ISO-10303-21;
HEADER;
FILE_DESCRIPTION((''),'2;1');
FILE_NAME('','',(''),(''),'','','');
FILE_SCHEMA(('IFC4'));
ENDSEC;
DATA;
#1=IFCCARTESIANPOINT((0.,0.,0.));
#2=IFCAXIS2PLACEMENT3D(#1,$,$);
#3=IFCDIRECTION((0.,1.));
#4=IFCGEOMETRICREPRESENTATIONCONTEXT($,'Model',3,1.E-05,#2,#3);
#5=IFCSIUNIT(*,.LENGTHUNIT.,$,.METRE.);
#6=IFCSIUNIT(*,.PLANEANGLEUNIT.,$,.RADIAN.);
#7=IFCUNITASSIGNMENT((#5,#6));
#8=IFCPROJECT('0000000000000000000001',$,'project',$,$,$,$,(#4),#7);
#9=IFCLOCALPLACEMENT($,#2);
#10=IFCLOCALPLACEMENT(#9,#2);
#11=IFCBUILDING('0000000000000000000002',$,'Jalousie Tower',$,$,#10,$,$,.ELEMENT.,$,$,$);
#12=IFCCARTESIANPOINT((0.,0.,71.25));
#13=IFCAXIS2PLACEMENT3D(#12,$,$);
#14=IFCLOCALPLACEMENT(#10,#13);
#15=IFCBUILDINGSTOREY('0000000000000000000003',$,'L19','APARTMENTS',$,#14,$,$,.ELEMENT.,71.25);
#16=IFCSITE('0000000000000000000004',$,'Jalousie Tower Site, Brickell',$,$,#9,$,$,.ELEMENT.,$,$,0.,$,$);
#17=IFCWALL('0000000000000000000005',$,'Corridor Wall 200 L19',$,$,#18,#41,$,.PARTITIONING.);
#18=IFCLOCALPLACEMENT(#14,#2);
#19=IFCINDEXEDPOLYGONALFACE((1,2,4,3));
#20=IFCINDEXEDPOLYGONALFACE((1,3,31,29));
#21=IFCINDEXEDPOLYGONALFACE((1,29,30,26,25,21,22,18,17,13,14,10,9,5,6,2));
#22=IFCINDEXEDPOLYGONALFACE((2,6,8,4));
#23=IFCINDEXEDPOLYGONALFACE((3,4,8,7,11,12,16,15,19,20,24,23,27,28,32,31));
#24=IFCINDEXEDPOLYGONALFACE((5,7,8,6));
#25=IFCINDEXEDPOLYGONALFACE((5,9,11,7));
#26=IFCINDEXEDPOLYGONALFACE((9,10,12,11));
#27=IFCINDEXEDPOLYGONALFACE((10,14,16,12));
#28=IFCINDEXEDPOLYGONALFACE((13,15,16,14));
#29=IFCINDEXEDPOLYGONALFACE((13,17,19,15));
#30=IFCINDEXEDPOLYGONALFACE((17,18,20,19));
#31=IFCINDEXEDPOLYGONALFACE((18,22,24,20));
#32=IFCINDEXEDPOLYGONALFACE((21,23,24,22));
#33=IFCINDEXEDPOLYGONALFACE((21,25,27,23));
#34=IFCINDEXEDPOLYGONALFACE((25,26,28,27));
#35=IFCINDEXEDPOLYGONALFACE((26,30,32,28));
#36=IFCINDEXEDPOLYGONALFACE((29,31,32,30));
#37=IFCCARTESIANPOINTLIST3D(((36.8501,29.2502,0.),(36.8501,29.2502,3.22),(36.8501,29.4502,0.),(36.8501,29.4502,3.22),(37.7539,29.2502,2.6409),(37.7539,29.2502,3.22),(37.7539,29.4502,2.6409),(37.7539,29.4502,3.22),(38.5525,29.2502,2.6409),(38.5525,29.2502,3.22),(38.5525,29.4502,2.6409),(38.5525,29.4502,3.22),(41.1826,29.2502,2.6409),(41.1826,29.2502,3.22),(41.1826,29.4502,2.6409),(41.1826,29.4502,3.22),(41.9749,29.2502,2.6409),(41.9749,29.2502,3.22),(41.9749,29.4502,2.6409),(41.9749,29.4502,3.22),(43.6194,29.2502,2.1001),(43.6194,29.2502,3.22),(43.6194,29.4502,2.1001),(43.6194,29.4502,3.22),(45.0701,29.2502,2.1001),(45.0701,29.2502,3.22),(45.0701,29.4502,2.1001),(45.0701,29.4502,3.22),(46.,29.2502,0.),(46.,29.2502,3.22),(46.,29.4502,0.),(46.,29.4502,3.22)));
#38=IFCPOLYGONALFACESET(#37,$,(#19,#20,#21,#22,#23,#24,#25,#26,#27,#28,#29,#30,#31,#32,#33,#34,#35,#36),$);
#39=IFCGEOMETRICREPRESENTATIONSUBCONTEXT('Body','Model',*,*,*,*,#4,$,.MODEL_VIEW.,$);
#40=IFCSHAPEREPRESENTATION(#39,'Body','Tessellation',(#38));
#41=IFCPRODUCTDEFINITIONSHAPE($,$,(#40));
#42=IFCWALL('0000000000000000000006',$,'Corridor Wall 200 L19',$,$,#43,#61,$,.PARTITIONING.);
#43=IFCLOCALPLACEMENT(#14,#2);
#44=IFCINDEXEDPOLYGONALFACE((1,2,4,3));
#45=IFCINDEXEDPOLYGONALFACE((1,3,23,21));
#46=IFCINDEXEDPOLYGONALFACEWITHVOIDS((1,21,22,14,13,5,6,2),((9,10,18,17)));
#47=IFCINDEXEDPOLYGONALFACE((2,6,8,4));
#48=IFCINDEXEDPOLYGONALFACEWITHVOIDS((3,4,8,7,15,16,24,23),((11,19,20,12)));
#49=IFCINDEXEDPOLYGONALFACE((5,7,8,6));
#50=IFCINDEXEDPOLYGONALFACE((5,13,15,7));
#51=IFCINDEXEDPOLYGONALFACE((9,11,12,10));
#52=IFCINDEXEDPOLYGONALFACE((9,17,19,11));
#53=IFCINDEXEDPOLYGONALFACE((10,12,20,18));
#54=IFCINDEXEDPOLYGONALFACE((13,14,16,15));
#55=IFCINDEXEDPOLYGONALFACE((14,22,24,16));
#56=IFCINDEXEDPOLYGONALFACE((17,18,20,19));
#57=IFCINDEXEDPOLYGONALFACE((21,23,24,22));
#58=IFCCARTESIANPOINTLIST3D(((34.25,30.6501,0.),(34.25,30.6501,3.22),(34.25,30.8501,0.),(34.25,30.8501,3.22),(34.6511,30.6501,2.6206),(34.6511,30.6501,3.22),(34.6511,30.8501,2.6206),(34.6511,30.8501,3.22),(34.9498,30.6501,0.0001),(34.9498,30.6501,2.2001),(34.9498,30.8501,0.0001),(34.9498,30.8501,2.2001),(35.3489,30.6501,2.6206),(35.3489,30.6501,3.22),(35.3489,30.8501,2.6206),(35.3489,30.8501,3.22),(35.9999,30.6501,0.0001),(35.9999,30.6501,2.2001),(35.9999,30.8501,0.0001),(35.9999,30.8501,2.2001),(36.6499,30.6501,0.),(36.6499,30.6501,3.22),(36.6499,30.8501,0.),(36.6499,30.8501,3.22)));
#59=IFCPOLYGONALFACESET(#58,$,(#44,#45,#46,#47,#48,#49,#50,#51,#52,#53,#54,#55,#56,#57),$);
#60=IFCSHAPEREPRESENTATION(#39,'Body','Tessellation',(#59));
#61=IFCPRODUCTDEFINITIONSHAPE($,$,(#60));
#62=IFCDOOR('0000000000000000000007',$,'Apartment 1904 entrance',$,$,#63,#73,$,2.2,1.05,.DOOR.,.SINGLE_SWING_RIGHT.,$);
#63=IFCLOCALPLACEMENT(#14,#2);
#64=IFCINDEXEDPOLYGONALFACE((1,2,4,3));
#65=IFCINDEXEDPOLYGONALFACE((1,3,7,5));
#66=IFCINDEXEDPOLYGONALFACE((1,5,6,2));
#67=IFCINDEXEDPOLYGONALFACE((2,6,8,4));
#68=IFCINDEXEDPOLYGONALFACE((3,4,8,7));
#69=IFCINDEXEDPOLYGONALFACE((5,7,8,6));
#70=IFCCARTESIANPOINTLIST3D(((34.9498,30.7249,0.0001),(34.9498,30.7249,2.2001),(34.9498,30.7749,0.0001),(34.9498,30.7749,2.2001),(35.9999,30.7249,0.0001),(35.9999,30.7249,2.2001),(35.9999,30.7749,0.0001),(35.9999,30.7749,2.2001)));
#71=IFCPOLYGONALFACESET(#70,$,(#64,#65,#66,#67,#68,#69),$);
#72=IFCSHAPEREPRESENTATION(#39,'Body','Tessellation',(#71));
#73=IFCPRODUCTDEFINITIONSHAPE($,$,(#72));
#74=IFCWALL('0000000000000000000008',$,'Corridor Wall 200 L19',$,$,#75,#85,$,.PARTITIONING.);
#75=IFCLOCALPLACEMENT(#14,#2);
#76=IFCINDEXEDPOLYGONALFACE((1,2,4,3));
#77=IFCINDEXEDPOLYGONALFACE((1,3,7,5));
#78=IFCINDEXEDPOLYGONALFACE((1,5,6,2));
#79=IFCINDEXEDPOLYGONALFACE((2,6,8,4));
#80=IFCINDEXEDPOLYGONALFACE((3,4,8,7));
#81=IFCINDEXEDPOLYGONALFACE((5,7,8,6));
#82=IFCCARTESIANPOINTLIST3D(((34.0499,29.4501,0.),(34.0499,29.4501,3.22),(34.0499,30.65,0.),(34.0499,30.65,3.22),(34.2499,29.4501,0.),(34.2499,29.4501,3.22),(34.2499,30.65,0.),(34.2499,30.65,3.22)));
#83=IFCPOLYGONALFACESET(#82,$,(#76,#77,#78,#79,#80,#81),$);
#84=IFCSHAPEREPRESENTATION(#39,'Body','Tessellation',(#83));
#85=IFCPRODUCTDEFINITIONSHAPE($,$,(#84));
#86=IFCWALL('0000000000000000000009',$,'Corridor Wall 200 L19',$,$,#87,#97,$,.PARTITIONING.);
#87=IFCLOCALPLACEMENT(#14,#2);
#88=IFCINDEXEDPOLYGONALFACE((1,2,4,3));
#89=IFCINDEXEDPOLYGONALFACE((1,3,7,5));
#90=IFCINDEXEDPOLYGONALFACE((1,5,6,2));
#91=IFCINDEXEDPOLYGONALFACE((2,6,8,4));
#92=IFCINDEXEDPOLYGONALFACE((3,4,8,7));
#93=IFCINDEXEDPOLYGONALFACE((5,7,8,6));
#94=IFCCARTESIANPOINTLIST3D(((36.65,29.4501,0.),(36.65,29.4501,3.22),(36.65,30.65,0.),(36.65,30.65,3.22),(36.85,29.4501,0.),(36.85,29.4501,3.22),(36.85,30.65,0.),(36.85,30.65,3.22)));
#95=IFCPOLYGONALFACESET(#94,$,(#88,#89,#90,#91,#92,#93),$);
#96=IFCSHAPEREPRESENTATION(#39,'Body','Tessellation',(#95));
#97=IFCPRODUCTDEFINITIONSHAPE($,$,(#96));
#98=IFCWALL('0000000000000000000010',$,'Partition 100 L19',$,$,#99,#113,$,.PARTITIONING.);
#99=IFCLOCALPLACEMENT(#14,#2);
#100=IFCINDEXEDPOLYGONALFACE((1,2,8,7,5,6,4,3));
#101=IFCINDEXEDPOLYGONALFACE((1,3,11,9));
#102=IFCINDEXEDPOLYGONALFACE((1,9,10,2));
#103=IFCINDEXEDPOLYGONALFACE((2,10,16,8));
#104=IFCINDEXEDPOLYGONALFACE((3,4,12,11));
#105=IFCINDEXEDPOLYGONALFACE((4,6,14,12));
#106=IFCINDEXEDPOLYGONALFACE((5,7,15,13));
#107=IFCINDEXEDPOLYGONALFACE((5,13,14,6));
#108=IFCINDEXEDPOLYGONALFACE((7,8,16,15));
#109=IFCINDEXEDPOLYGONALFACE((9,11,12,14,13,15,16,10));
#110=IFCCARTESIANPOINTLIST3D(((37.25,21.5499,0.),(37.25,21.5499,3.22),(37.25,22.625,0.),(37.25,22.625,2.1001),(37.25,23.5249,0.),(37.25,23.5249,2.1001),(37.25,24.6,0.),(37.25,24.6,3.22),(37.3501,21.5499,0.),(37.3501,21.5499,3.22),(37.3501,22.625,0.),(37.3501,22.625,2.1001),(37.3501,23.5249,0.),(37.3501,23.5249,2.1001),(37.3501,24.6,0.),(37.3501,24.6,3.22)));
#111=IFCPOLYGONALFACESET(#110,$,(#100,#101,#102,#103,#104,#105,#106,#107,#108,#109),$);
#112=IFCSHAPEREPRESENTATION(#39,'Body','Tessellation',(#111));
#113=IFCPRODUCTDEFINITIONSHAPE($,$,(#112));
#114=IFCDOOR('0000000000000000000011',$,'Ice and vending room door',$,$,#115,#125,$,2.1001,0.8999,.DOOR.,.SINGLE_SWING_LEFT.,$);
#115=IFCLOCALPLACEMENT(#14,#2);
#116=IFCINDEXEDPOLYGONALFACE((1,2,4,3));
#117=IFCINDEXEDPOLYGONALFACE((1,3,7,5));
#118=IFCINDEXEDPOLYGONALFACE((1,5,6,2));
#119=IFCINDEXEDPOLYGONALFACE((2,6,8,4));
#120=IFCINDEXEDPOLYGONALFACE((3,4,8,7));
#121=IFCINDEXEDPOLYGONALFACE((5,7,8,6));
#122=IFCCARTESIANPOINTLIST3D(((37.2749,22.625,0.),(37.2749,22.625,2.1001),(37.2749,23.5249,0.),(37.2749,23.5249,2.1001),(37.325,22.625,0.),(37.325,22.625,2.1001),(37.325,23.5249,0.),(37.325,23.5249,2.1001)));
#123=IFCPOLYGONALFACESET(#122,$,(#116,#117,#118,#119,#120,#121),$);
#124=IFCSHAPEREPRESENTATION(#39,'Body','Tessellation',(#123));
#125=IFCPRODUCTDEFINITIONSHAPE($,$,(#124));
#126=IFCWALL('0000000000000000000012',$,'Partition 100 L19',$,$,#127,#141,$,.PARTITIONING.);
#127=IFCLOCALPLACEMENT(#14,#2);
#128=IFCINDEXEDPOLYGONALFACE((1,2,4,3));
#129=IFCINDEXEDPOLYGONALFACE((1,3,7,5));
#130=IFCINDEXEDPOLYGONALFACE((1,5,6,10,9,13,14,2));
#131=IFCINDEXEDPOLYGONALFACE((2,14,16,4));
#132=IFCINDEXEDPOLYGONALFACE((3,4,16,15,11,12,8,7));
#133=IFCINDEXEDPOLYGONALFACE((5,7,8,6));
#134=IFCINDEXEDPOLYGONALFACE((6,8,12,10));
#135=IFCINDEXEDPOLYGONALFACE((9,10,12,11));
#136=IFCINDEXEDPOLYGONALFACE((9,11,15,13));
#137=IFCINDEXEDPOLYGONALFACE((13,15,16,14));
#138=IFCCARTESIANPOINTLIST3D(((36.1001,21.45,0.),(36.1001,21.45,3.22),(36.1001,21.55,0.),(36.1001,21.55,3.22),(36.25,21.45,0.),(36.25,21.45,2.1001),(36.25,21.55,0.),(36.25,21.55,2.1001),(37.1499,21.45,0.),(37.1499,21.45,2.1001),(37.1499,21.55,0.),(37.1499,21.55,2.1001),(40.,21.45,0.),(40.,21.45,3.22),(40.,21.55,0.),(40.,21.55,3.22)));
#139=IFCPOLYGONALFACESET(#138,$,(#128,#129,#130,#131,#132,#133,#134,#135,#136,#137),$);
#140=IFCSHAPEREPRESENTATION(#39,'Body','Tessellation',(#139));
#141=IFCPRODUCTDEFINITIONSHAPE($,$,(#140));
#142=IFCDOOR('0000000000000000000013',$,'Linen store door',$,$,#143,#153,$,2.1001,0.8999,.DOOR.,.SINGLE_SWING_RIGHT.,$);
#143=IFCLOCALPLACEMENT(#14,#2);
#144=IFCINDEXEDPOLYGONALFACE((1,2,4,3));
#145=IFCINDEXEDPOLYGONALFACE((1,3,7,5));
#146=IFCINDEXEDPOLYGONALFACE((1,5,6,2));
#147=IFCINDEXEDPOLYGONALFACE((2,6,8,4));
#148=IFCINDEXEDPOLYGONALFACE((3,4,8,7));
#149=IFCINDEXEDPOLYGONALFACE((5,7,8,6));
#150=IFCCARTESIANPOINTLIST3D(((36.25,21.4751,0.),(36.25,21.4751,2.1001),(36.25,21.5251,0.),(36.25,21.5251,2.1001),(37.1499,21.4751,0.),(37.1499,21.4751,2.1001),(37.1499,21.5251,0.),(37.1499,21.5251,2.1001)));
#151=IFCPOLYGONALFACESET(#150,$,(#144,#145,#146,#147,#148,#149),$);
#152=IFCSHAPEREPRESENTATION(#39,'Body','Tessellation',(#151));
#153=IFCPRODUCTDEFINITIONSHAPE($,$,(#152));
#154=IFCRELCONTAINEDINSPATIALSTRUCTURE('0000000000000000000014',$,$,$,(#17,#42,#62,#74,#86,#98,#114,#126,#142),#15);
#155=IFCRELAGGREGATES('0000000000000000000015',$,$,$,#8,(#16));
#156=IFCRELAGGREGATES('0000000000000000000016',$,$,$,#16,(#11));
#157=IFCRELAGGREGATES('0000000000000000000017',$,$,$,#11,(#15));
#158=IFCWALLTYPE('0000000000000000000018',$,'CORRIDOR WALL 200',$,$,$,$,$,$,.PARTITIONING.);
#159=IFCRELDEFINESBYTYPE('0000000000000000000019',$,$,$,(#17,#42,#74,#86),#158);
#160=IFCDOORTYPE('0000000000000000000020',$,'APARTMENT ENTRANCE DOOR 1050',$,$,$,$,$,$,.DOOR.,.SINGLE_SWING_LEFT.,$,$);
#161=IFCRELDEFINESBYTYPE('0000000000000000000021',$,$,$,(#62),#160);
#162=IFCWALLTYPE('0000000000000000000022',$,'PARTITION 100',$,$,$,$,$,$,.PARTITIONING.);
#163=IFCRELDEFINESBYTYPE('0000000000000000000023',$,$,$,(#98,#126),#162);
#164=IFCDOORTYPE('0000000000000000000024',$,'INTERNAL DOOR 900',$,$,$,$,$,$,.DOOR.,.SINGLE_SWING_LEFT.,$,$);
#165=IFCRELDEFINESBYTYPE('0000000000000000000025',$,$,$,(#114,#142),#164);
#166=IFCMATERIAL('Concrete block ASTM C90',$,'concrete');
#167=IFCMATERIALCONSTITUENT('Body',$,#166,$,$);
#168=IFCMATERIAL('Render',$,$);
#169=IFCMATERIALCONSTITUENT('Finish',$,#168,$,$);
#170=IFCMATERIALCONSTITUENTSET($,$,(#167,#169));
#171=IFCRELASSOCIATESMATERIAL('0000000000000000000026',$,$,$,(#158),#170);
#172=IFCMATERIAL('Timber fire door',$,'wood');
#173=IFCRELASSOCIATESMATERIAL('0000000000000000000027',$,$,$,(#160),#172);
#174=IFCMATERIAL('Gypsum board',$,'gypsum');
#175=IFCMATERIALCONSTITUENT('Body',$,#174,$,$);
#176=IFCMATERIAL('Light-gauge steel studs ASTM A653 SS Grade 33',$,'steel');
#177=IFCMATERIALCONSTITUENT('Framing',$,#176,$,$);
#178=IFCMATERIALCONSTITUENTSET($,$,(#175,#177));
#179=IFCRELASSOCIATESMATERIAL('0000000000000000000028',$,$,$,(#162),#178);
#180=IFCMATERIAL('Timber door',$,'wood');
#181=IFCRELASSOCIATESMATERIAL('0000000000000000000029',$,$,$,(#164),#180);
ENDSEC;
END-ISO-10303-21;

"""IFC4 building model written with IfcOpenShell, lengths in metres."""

from ifc_helpers import new_model, si_unit, direction, frame, frame_2d, origin, place, context, subcontext, project, spatial, polyline, rectangle, outline, extrude, material, constituent, constituent_set, type_object, element, fill, save


model = new_model("IFC4")

# Units and contexts
model_context = context("Model", 3, precision=1e-05, world=origin(), true_north=direction((0.0, 1.0)))
body_context = subcontext(model_context, "Body", "Model", "MODEL_VIEW")
ifc_project = project(units=[si_unit("LENGTHUNIT", "METRE"), si_unit("PLANEANGLEUNIT", "RADIAN")], contexts=[model_context])

# Site, building, storey
site_placement = place(None, origin())
site = spatial("IfcSite", under=ifc_project, at=site_placement, Name="Jalousie Tower Site, Brickell", CompositionType="ELEMENT", RefElevation=0.0)
building_placement = place(site_placement, origin())
building = spatial("IfcBuilding", under=site, at=building_placement, Name="Jalousie Tower", CompositionType="ELEMENT")
storey_placement = place(building_placement, frame((0.0, 0.0, 71.25)))
storey = spatial("IfcBuildingStorey", under=building, at=storey_placement, Name="L19", Description="APARTMENTS", CompositionType="ELEMENT", Elevation=71.25)

# Wall
ifc_material_1 = material(Name="Concrete block ASTM C90", Category="concrete")
ifc_constituent_1 = constituent(ifc_material_1, Name="Body")
ifc_material_2 = material(Name="Render")
ifc_constituent_2 = constituent(ifc_material_2, Name="Finish")
ifc_constituent_set_1 = constituent_set(constituents=[ifc_constituent_1, ifc_constituent_2])
wall_type_1 = type_object("IfcWallType", Name="CORRIDOR WALL 200", PredefinedType="PARTITIONING", material=ifc_constituent_set_1)
wall_1_placement = place(storey_placement, frame((36.8501, 29.3501, 0.0), z_axis=(0.0, 0.0, 1.0), x_axis=(1.0, 0.0, 0.0)))
element("IfcWall", 1, at=wall_1_placement, inside=storey, type_object=wall_type_1, Name="Corridor Wall 200 L19", PredefinedType="PARTITIONING", context=body_context, shape_type="SweptSolid", body=[
    extrude(outline(polyline([(0.0, 0.0), (9.1499, 0.0), (9.1499, 3.22), (8.22, 3.22), (8.22, 2.1001), (6.7693, 2.1001), (6.7693, 3.22), (5.1248, 3.22), (5.1248, 2.6409), (4.3325, 2.6409), (4.3325, 3.22), (1.7024, 3.22), (1.7024, 2.6409), (0.9038, 2.6409), (0.9038, 3.22), (0.0, 3.22), (0.0, 0.0)])), frame((0.0, 0.1001, 0.0), z_axis=(0.0, -1.0, 0.0), x_axis=(1.0, 0.0, 0.0)), (0.0, 0.0, 1.0), 0.2),
])

# Wall, opening, door
wall_2_placement = place(storey_placement, frame((34.25, 30.75, 0.0), z_axis=(0.0, 0.0, 1.0), x_axis=(1.0, 0.0, 0.0)))
wall_2 = element("IfcWall", 2, at=wall_2_placement, inside=storey, type_object=wall_type_1, Name="Corridor Wall 200 L19", PredefinedType="PARTITIONING", context=body_context, shape_type="SweptSolid", body=[
    extrude(outline(polyline([(0.0, 0.0), (2.3999, 0.0), (2.3999, 3.22), (1.0989, 3.22), (1.0989, 2.6206), (0.4011, 2.6206), (0.4011, 3.22), (0.0, 3.22), (0.0, 0.0)])), frame((0.0, 0.1001, 0.0), z_axis=(0.0, -1.0, 0.0), x_axis=(1.0, 0.0, 0.0)), (0.0, 0.0, 1.0), 0.2),
])
opening_1_placement = place(wall_2_placement, frame((0.7, 0.0, 0.0)))
opening_1 = element("IfcOpeningElement", 3, at=opening_1_placement, cuts=wall_2, PredefinedType="OPENING", context=body_context, shape_type="SweptSolid", body=[
    extrude(rectangle(XDim=1.05, YDim=2.2, at=frame_2d((0.5249, 1.1001))), frame((0.0, 0.1099, 0.0), z_axis=(0.0, -1.0, 0.0), x_axis=(1.0, 0.0, 0.0)), (0.0, 0.0, 1.0), 0.22),
])
ifc_material_3 = material(Name="Timber fire door", Category="wood")
door_type_1 = type_object("IfcDoorType", Name="APARTMENT ENTRANCE DOOR 1050", OperationType="SINGLE_SWING_LEFT", PredefinedType="DOOR", material=ifc_material_3)
door_1_placement = place(opening_1_placement, origin())
door_1 = element("IfcDoor", 4, at=door_1_placement, inside=storey, type_object=door_type_1, Name="Apartment 1904 entrance", OperationType="SINGLE_SWING_RIGHT", OverallHeight=2.2, OverallWidth=1.05, PredefinedType="DOOR", context=body_context, shape_type="SweptSolid", body=[
    extrude(rectangle(XDim=1.05, YDim=2.2, at=frame_2d((0.5249, 1.1001))), frame((0.0, 0.0249, 0.0), z_axis=(0.0, -1.0, 0.0), x_axis=(1.0, 0.0, 0.0)), (0.0, 0.0, 1.0), 0.05),
])
fill(opening_1, door_1)

# Walls
for number, where, z_axis, x_axis, name in (
    (5, (34.1499, 29.45, 0.0), (0.0, 0.0, 1.0), (0.0, 1.0, 0.0), "Corridor Wall 200 L19"),
    (6, (36.75, 29.45, 0.0), (0.0, 0.0, 1.0), (0.0, 1.0, 0.0), "Corridor Wall 200 L19"),
):
    element("IfcWall", number, at=place(storey_placement, frame(where, z_axis=z_axis, x_axis=x_axis)), inside=storey, type_object=wall_type_1, Name=name, PredefinedType="PARTITIONING", context=body_context, shape_type="SweptSolid", body=[
        extrude(rectangle(XDim=1.2, YDim=0.2, at=frame_2d((0.6001, 0.0))), origin(), (0.0, 0.0, 1.0), 3.22),
    ])

# Walls, openings, doors
ifc_material_4 = material(Name="Gypsum board", Category="gypsum")
ifc_constituent_3 = constituent(ifc_material_4, Name="Body")
ifc_material_5 = material(Name="Light-gauge steel studs ASTM A653 SS Grade 33", Category="steel")
ifc_constituent_4 = constituent(ifc_material_5, Name="Framing")
ifc_constituent_set_2 = constituent_set(constituents=[ifc_constituent_3, ifc_constituent_4])
wall_type_2 = type_object("IfcWallType", Name="PARTITION 100", PredefinedType="PARTITIONING", material=ifc_constituent_set_2)
wall_3_placement = place(storey_placement, frame((37.3, 21.55, 0.0), z_axis=(0.0, 0.0, 1.0), x_axis=(0.0, 1.0, 0.0)))
wall_3 = element("IfcWall", 7, at=wall_3_placement, inside=storey, type_object=wall_type_2, Name="Partition 100 L19", PredefinedType="PARTITIONING", context=body_context, shape_type="SweptSolid", body=[
    extrude(rectangle(XDim=3.05, YDim=0.1001, at=frame_2d((1.5249, 0.0))), origin(), (0.0, 0.0, 1.0), 3.22),
])
opening_2_placement = place(wall_3_placement, frame((1.075, 0.0, 0.0)))
opening_2 = element("IfcOpeningElement", 8, at=opening_2_placement, cuts=wall_3, PredefinedType="OPENING", context=body_context, shape_type="SweptSolid", body=[
    extrude(rectangle(XDim=0.8999, YDim=2.1001, at=frame_2d((0.45, 1.05))), frame((0.0, 0.0601, 0.0), z_axis=(0.0, -1.0, 0.0), x_axis=(1.0, 0.0, 0.0)), (0.0, 0.0, 1.0), 0.1201),
])
ifc_material_6 = material(Name="Timber door", Category="wood")
door_type_2 = type_object("IfcDoorType", Name="INTERNAL DOOR 900", OperationType="SINGLE_SWING_LEFT", PredefinedType="DOOR", material=ifc_material_6)
door_2_placement = place(opening_2_placement, frame((0.8999, 0.0, 0.0), z_axis=(0.0, 0.0, 1.0), x_axis=(-1.0, 0.0, 0.0)))
door_2 = element("IfcDoor", 9, at=door_2_placement, inside=storey, type_object=door_type_2, Name="Ice and vending room door", OperationType="SINGLE_SWING_LEFT", OverallHeight=2.1001, OverallWidth=0.8999, PredefinedType="DOOR", context=body_context, shape_type="SweptSolid", body=[
    extrude(rectangle(XDim=0.8999, YDim=2.1001, at=frame_2d((0.45, 1.05))), frame((0.0, 0.0249, 0.0), z_axis=(0.0, -1.0, 0.0), x_axis=(1.0, 0.0, 0.0)), (0.0, 0.0, 1.0), 0.05),
])
fill(opening_2, door_2)
wall_4_placement = place(storey_placement, frame((36.1001, 21.5, 0.0), z_axis=(0.0, 0.0, 1.0), x_axis=(1.0, 0.0, 0.0)))
wall_4 = element("IfcWall", 10, at=wall_4_placement, inside=storey, type_object=wall_type_2, Name="Partition 100 L19", PredefinedType="PARTITIONING", context=body_context, shape_type="SweptSolid", body=[
    extrude(rectangle(XDim=3.8999, YDim=0.1001, at=frame_2d((1.95, 0.0))), origin(), (0.0, 0.0, 1.0), 3.22),
])
opening_3_placement = place(wall_4_placement, frame((0.1499, 0.0, 0.0)))
opening_3 = element("IfcOpeningElement", 11, at=opening_3_placement, cuts=wall_4, PredefinedType="OPENING", context=body_context, shape_type="SweptSolid", body=[
    extrude(rectangle(XDim=0.8999, YDim=2.1001, at=frame_2d((0.45, 1.05))), frame((0.0, 0.0601, 0.0), z_axis=(0.0, -1.0, 0.0), x_axis=(1.0, 0.0, 0.0)), (0.0, 0.0, 1.0), 0.1201),
])
door_3_placement = place(opening_3_placement, frame((0.8999, 0.0, 0.0), z_axis=(0.0, 0.0, 1.0), x_axis=(-1.0, 0.0, 0.0)))
door_3 = element("IfcDoor", 12, at=door_3_placement, inside=storey, type_object=door_type_2, Name="Linen store door", OperationType="SINGLE_SWING_RIGHT", OverallHeight=2.1001, OverallWidth=0.8999, PredefinedType="DOOR", context=body_context, shape_type="SweptSolid", body=[
    extrude(rectangle(XDim=0.8999, YDim=2.1001, at=frame_2d((0.45, 1.05))), frame((0.0, 0.0249, 0.0), z_axis=(0.0, -1.0, 0.0), x_axis=(1.0, 0.0, 0.0)), (0.0, 0.0, 1.0), 0.05),
])
fill(opening_3, door_3)

save(model, "model.ifc")
